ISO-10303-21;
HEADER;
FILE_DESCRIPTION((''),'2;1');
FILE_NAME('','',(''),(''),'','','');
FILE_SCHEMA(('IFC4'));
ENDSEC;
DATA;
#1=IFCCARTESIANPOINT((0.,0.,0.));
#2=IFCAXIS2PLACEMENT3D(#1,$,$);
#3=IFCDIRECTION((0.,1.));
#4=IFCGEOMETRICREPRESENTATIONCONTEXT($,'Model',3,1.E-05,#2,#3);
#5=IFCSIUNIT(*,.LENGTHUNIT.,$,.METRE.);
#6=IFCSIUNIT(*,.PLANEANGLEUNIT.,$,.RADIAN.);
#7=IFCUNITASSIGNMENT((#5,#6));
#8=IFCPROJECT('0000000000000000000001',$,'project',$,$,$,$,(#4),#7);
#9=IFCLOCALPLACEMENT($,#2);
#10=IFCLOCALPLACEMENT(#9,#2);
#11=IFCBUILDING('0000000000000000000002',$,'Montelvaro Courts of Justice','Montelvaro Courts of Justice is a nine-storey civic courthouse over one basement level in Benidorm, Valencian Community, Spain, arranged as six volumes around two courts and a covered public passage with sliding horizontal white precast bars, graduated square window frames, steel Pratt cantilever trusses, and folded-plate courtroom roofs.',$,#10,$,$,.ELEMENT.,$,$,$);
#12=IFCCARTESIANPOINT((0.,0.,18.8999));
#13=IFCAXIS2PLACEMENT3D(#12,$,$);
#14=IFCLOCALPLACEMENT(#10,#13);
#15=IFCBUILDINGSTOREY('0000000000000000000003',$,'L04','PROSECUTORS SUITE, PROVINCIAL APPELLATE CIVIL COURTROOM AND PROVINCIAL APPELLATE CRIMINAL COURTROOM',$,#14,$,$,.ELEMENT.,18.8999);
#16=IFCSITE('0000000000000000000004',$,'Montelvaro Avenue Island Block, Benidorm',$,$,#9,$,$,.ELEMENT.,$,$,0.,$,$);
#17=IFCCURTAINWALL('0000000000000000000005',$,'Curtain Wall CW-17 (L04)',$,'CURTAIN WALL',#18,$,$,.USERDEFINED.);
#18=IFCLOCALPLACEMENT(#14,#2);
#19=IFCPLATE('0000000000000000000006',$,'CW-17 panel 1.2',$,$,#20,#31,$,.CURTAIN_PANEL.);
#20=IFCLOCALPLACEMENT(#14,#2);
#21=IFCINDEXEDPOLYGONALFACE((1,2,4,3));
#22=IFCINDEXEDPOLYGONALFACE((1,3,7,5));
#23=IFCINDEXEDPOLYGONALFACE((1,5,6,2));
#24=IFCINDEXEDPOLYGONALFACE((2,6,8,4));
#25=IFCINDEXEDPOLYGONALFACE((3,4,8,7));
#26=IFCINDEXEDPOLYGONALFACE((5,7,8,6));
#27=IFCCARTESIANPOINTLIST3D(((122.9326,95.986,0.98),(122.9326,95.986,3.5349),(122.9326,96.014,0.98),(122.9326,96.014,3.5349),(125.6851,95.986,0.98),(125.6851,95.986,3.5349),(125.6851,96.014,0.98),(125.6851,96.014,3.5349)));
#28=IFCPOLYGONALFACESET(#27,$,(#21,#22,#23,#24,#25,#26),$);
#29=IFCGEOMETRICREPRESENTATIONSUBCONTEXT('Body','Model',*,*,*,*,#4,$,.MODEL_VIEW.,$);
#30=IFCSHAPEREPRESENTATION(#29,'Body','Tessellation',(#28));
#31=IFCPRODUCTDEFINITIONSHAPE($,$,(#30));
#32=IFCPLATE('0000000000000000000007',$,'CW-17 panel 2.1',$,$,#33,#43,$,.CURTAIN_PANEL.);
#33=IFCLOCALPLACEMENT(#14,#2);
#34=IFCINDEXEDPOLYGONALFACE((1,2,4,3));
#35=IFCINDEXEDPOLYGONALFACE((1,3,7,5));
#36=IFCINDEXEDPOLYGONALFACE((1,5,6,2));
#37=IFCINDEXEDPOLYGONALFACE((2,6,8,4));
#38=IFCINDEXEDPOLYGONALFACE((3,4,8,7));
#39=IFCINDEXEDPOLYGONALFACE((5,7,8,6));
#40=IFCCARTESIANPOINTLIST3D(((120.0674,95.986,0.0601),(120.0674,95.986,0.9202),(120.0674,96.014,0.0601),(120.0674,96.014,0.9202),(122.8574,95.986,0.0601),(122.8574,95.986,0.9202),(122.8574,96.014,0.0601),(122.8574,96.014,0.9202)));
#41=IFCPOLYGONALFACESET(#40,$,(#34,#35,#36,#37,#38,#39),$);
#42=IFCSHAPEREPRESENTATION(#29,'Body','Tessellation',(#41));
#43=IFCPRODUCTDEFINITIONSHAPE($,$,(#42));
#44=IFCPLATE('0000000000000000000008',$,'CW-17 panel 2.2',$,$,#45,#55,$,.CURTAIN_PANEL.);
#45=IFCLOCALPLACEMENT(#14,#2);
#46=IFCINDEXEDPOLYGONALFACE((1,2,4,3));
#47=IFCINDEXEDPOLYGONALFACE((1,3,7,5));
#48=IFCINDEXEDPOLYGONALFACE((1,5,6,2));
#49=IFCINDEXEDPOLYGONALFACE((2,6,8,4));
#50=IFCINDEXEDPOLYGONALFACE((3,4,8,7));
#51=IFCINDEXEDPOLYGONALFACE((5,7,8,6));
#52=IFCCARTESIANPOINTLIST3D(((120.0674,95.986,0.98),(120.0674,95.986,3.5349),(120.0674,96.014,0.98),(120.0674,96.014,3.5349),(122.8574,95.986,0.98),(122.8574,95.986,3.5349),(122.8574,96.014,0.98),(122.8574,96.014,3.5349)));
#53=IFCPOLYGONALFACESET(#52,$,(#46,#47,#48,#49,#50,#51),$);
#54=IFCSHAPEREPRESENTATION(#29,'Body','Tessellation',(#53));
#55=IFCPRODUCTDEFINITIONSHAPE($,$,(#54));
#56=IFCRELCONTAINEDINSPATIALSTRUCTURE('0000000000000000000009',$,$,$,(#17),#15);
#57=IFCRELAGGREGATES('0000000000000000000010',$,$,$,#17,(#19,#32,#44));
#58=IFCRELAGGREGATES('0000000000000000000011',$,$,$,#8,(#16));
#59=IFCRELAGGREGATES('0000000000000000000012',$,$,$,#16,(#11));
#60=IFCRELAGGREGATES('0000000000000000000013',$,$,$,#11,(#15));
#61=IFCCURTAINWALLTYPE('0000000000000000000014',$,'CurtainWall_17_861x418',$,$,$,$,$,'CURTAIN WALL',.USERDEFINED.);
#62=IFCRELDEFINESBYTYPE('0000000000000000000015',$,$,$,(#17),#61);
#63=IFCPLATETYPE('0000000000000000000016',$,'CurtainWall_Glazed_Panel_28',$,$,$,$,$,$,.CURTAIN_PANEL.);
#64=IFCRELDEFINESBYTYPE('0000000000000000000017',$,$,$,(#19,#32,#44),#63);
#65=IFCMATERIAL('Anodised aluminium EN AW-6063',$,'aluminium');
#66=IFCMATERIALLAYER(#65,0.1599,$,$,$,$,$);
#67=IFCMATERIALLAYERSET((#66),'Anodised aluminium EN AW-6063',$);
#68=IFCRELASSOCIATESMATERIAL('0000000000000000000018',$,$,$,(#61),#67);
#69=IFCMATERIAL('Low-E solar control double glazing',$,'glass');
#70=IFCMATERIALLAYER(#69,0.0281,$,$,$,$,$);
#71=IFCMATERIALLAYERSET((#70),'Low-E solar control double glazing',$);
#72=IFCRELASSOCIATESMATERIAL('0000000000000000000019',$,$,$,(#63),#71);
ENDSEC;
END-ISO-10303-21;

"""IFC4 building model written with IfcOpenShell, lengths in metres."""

from ifc_helpers import new_model, si_unit, direction, frame, origin, origin_2d, place, context, subcontext, project, spatial, rectangle, extrude, material, layer, layer_set, type_object, element, aggregate, save


model = new_model("IFC4")

# Units and contexts
model_context = context("Model", 3, precision=1e-05, world=origin(), true_north=direction((0.0, 1.0)))
body_context = subcontext(model_context, "Body", "Model", "MODEL_VIEW")
ifc_project = project(units=[si_unit("LENGTHUNIT", "METRE"), si_unit("PLANEANGLEUNIT", "RADIAN")], contexts=[model_context])

# Site, building, storey
site_placement = place(None, origin())
site = spatial("IfcSite", under=ifc_project, at=site_placement, Name="Montelvaro Avenue Island Block, Benidorm", CompositionType="ELEMENT", RefElevation=0.0)
building_placement = place(site_placement, origin())
building = spatial("IfcBuilding", under=site, at=building_placement, Name="Montelvaro Courts of Justice", Description="Montelvaro Courts of Justice is a nine-storey civic courthouse over one basement level in Benidorm, Valencian Community, Spain, arranged as six volumes around two courts and a covered public passage with sliding horizontal white precast bars, graduated square window frames, steel Pratt cantilever trusses, and folded-plate courtroom roofs.", CompositionType="ELEMENT")
storey_placement = place(building_placement, frame((0.0, 0.0, 18.8999)))
storey = spatial("IfcBuildingStorey", under=building, at=storey_placement, Name="L04", Description="PROSECUTORS SUITE, PROVINCIAL APPELLATE CIVIL COURTROOM AND PROVINCIAL APPELLATE CRIMINAL COURTROOM", CompositionType="ELEMENT", Elevation=18.8999)

# Shared definitions
ifc_material_1 = material(Name="Anodised aluminium EN AW-6063", Category="aluminium")

# Curtain wall
ifc_layer_1 = layer(ifc_material_1, 0.1599)
ifc_layer_set_1 = layer_set([ifc_layer_1], Name="Anodised aluminium EN AW-6063")
curtain_wall_type_1 = type_object("IfcCurtainWallType", Name="CurtainWall_17_861x418", ElementType="CURTAIN WALL", PredefinedType="USERDEFINED", material=ifc_layer_set_1)
curtain_wall_1_placement = place(storey_placement, origin())
curtain_wall_1 = element("IfcCurtainWall", 1, at=curtain_wall_1_placement, inside=storey, type_object=curtain_wall_type_1, Name="Curtain Wall CW-17 (L04)", ObjectType="CURTAIN WALL", PredefinedType="USERDEFINED")

# Plates
ifc_material_2 = material(Name="Low-E solar control double glazing", Category="glass")
ifc_layer_2 = layer(ifc_material_2, 0.0281)
ifc_layer_set_2 = layer_set([ifc_layer_2], Name="Low-E solar control double glazing")
plate_type = type_object("IfcPlateType", Name="CurtainWall_Glazed_Panel_28", PredefinedType="CURTAIN_PANEL", material=ifc_layer_set_2)
plate_1_placement = place(storey_placement, frame((124.3088, 96.0, 0.98), z_axis=(0.0, 0.0, 1.0), x_axis=(-1.0, 0.0, 0.0)))
plate_1 = element("IfcPlate", 2, at=plate_1_placement, type_object=plate_type, Name="CW-17 panel 1.2", PredefinedType="CURTAIN_PANEL", context=body_context, shape_type="SweptSolid", body=[
    extrude(rectangle(XDim=2.7524, YDim=0.0281, at=origin_2d()), origin(), (0.0, 0.0, 1.0), 2.5549),
])
plate_2_placement = place(storey_placement, frame((121.4624, 96.0, 0.0601), z_axis=(0.0, 0.0, 1.0), x_axis=(-1.0, 0.0, 0.0)))
plate_2 = element("IfcPlate", 3, at=plate_2_placement, type_object=plate_type, Name="CW-17 panel 2.1", PredefinedType="CURTAIN_PANEL", context=body_context, shape_type="SweptSolid", body=[
    extrude(rectangle(XDim=2.79, YDim=0.0281, at=origin_2d()), origin(), (0.0, 0.0, 1.0), 0.8601),
])
plate_3_placement = place(storey_placement, frame((121.4624, 96.0, 0.98), z_axis=(0.0, 0.0, 1.0), x_axis=(-1.0, 0.0, 0.0)))
plate_3 = element("IfcPlate", 4, at=plate_3_placement, type_object=plate_type, Name="CW-17 panel 2.2", PredefinedType="CURTAIN_PANEL", context=body_context, shape_type="SweptSolid", body=[
    extrude(rectangle(XDim=2.79, YDim=0.0281, at=origin_2d()), origin(), (0.0, 0.0, 1.0), 2.5549),
])
aggregate(curtain_wall_1, [plate_1, plate_2, plate_3])

save(model, "model.ifc")
